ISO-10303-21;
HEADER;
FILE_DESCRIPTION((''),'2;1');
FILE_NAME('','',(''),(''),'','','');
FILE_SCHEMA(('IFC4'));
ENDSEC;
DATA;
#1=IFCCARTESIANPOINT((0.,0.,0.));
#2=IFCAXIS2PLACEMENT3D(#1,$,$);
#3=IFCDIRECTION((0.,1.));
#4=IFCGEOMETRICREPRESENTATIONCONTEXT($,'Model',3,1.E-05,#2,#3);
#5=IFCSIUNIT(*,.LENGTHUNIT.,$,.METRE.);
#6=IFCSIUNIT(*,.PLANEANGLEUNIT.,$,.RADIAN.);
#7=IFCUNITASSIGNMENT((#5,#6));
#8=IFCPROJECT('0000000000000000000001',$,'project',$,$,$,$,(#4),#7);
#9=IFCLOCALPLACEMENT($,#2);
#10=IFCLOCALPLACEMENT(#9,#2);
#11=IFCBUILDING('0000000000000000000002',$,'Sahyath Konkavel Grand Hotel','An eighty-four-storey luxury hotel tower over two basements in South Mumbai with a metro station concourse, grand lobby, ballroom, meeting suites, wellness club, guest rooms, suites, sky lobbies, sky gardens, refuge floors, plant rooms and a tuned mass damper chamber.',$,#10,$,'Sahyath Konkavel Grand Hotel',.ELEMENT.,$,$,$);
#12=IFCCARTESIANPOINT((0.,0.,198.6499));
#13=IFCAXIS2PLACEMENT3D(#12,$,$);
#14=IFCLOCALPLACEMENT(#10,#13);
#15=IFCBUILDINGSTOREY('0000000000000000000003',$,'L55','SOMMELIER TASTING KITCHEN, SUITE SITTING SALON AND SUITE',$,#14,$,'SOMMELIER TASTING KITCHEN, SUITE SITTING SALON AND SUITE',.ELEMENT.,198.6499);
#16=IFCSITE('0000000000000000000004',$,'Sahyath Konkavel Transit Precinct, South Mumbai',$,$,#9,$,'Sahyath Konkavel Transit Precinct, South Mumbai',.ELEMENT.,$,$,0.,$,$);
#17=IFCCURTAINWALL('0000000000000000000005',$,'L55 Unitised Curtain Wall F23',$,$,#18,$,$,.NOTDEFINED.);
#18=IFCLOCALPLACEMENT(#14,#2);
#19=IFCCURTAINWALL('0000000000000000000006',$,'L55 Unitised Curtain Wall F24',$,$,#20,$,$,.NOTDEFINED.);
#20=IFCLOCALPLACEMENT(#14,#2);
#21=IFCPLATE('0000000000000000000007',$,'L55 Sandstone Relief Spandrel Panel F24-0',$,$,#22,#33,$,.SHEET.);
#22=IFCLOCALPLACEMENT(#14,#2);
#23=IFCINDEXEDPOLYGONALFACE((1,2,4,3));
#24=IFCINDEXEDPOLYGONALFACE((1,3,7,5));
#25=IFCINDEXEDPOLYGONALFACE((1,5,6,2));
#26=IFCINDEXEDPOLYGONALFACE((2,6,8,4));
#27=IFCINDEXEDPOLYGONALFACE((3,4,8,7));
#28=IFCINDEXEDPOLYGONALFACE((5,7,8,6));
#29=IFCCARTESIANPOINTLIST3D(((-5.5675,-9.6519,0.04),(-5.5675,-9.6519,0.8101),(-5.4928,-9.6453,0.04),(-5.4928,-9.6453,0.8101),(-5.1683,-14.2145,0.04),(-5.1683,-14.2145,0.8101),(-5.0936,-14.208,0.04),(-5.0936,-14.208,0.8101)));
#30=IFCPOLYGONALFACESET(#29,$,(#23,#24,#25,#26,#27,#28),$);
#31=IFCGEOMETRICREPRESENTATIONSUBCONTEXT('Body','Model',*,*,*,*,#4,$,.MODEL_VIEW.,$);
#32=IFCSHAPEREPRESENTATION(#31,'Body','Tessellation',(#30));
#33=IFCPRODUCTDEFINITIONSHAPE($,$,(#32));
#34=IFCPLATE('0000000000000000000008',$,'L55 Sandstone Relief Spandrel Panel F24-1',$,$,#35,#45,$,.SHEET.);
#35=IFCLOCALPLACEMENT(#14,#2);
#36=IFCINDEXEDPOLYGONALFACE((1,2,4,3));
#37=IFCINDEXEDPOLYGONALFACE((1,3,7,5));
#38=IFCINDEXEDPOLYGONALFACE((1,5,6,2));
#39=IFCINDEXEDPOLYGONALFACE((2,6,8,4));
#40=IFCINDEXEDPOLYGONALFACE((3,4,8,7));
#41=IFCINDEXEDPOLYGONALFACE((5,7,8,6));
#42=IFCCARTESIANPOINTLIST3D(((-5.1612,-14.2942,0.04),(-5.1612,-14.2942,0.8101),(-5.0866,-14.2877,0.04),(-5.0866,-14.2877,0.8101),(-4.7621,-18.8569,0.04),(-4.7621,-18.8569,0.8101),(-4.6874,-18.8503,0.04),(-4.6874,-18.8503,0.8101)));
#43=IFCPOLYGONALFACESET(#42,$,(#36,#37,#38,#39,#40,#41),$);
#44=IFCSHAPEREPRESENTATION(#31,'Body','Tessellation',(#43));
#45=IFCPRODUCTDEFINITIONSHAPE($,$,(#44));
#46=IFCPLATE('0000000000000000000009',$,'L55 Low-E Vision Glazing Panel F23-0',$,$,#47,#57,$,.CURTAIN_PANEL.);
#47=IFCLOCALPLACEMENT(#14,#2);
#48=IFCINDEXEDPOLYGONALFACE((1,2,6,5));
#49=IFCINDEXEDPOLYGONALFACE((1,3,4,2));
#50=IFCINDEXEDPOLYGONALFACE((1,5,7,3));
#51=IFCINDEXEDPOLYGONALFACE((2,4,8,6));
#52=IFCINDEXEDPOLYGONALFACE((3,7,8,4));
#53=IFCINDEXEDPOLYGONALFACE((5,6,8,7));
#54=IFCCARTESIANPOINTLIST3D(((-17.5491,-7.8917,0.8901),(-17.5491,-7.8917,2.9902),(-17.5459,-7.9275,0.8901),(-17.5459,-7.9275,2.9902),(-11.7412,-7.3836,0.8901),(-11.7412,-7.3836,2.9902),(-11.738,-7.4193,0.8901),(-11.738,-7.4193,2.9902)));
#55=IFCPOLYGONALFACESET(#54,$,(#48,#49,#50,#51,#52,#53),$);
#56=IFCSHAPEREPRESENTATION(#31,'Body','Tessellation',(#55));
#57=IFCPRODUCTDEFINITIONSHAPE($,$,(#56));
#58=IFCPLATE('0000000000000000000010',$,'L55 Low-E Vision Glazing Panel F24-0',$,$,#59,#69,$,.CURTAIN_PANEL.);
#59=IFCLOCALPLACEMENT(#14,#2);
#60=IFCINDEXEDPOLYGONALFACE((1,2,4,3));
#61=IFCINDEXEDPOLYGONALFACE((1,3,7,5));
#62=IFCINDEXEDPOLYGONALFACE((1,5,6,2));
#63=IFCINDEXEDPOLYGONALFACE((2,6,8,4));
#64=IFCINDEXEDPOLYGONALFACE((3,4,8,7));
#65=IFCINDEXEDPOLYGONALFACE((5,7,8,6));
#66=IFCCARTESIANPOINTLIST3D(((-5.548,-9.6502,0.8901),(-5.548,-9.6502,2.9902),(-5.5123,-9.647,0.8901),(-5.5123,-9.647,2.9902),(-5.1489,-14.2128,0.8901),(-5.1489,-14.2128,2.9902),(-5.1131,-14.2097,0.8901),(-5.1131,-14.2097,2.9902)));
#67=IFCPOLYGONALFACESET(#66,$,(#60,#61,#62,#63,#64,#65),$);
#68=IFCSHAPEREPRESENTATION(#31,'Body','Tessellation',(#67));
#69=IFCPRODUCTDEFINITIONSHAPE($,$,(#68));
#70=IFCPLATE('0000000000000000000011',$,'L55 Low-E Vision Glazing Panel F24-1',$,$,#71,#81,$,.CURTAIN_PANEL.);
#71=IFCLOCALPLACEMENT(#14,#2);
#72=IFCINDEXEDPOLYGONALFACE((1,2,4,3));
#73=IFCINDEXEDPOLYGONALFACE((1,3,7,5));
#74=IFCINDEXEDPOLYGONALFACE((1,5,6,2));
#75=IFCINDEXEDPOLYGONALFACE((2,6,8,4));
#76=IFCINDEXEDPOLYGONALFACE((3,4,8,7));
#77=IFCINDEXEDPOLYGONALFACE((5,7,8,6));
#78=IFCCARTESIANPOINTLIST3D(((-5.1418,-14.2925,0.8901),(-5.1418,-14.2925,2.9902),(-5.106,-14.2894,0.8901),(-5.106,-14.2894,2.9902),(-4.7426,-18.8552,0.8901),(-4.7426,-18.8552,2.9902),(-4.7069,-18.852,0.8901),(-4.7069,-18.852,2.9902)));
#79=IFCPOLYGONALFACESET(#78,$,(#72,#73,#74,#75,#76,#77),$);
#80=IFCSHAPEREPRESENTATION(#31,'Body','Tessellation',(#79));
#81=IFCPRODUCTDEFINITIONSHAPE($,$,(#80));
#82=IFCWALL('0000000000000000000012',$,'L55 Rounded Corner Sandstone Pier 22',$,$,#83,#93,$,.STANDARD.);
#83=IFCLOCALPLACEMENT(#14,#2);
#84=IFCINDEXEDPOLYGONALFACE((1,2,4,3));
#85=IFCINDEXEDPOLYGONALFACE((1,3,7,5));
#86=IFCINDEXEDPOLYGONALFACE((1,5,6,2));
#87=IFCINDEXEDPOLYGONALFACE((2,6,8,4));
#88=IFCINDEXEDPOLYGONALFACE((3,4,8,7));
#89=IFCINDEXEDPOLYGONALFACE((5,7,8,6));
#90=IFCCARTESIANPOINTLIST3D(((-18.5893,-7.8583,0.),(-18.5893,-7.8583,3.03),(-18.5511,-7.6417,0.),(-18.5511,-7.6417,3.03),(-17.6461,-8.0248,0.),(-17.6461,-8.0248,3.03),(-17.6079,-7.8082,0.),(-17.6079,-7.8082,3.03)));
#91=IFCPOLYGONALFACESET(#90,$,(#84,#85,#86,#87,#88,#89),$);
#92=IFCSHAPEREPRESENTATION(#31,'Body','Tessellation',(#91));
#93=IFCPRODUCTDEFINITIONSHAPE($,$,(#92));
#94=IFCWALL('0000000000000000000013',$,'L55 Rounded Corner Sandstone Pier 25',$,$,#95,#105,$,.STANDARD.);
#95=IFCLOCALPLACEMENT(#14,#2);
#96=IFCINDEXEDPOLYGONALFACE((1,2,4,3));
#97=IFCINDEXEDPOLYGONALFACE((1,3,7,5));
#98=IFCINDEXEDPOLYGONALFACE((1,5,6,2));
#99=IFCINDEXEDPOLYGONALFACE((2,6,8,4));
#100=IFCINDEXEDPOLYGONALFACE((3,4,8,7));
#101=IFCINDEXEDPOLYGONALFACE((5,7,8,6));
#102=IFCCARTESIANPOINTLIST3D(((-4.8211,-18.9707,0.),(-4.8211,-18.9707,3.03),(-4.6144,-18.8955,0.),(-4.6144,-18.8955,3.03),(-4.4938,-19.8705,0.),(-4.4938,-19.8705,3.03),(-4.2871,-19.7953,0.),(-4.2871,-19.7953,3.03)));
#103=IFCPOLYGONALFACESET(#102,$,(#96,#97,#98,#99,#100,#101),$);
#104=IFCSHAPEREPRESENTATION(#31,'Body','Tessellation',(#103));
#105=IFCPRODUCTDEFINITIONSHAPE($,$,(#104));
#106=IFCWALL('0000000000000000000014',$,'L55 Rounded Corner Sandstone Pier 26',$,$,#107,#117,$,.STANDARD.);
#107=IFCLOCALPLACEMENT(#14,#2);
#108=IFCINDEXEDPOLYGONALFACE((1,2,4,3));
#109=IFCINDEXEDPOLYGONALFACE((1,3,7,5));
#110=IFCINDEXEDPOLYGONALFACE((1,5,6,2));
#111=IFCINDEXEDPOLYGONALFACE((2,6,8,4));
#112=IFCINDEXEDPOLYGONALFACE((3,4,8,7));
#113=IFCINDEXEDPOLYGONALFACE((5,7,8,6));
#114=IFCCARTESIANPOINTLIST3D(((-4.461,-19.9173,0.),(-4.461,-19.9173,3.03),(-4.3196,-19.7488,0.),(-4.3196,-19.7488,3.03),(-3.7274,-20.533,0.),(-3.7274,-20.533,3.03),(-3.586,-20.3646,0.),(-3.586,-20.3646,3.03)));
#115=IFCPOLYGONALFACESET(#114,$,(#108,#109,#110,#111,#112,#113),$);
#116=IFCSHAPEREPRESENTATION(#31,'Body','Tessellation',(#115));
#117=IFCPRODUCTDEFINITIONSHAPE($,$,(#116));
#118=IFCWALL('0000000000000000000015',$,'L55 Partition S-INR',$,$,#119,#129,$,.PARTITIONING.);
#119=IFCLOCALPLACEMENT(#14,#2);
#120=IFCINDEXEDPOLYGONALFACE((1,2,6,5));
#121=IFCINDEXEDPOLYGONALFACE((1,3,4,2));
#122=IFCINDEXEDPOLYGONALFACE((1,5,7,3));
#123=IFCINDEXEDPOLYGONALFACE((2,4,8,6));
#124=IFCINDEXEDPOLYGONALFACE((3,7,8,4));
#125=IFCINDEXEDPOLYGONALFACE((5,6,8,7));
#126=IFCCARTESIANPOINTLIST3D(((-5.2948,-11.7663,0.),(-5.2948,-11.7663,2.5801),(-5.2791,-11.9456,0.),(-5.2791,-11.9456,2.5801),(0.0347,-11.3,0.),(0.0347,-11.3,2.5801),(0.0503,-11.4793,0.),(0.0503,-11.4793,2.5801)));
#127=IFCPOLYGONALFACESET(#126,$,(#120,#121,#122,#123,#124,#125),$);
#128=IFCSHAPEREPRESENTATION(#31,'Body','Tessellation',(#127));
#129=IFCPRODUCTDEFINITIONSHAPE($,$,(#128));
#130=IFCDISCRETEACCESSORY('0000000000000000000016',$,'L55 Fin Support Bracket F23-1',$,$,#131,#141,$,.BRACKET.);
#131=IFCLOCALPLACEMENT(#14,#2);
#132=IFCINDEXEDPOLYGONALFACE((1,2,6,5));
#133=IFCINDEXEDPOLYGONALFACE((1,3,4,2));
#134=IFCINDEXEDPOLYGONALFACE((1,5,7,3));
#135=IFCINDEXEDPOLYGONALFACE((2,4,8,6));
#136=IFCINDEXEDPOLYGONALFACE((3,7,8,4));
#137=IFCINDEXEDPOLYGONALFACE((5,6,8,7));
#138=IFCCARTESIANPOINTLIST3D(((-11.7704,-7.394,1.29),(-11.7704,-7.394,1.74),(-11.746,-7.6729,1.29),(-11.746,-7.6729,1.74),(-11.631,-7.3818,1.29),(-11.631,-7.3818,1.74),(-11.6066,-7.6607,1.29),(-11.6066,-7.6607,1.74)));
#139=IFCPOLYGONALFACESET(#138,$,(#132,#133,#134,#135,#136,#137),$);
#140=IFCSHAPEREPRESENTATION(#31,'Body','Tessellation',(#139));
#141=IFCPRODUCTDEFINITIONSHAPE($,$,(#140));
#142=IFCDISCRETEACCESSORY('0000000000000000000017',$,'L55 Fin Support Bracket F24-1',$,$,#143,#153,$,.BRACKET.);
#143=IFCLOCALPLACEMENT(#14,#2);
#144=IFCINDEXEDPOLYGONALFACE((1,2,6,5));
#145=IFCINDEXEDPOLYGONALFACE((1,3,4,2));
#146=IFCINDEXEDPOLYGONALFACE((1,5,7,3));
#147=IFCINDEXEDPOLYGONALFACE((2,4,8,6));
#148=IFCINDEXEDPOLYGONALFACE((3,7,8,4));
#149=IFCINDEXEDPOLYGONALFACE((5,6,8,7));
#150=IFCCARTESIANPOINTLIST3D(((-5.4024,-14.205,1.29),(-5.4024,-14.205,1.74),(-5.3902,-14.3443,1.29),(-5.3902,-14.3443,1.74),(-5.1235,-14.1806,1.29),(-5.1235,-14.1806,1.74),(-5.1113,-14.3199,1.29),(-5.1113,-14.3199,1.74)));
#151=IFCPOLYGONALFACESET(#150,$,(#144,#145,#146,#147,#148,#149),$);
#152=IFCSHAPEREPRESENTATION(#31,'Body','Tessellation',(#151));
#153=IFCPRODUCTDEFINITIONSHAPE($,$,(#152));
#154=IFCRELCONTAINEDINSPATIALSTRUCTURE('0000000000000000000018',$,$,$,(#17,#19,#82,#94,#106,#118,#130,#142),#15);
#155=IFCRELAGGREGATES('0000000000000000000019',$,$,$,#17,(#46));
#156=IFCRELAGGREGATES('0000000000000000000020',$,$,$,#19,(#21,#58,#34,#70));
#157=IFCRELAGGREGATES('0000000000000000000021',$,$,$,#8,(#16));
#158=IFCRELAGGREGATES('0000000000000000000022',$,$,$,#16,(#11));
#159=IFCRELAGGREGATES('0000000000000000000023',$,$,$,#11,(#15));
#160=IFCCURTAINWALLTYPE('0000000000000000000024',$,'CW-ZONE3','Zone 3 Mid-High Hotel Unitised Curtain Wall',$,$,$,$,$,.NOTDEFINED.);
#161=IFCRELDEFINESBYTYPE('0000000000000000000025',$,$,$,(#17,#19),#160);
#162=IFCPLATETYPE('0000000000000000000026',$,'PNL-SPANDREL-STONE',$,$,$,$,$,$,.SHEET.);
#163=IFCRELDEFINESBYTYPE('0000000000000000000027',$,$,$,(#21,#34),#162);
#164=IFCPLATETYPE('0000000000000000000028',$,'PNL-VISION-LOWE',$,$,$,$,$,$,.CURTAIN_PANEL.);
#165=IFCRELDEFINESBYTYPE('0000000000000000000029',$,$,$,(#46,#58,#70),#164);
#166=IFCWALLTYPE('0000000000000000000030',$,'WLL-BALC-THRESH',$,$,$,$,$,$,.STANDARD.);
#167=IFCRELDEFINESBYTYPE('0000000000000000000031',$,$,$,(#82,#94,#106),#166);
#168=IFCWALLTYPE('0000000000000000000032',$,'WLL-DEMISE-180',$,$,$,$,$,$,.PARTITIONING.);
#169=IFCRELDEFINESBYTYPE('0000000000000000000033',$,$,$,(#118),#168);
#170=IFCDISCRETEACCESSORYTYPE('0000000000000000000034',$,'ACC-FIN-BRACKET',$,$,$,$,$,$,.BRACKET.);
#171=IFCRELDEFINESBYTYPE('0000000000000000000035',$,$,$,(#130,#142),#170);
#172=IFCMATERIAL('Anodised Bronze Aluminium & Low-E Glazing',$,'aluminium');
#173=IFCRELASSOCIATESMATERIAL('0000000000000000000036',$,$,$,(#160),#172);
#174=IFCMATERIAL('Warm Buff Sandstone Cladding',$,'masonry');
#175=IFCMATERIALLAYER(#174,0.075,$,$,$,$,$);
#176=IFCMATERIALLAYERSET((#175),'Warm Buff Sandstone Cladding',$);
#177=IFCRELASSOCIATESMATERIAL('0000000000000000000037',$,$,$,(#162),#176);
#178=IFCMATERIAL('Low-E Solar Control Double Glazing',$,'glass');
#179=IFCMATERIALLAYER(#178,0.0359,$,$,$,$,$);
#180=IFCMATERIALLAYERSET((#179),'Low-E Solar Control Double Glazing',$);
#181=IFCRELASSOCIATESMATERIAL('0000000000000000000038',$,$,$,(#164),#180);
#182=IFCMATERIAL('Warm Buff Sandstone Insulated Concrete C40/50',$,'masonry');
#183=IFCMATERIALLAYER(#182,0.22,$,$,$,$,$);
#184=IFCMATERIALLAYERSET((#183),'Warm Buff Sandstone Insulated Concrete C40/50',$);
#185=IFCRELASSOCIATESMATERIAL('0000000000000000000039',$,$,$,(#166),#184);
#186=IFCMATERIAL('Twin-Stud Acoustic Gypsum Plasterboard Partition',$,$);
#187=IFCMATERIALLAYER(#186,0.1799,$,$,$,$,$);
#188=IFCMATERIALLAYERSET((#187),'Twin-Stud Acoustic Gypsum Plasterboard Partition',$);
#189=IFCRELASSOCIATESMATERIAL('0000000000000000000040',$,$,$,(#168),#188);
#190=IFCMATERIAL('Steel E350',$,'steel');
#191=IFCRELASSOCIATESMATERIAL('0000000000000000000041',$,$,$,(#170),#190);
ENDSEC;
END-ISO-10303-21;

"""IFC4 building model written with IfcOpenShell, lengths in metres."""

from ifc_helpers import new_model, si_unit, direction, frame, frame_2d, origin, origin_2d, place, context, subcontext, project, spatial, rectangle, extrude, source, transform, mapped, material, layer, layer_set, type_object, element, aggregate, save


model = new_model("IFC4")

# Units and contexts
model_context = context("Model", 3, precision=1e-05, world=origin(), true_north=direction((0.0, 1.0)))
body_context = subcontext(model_context, "Body", "Model", "MODEL_VIEW")
ifc_project = project(units=[si_unit("LENGTHUNIT", "METRE"), si_unit("PLANEANGLEUNIT", "RADIAN")], contexts=[model_context])

# Site, building, storey
site_placement = place(None, origin())
site = spatial("IfcSite", under=ifc_project, at=site_placement, Name="Sahyath Konkavel Transit Precinct, South Mumbai", LongName="Sahyath Konkavel Transit Precinct, South Mumbai", CompositionType="ELEMENT", RefElevation=0.0)
building_placement = place(site_placement, origin())
building = spatial("IfcBuilding", under=site, at=building_placement, Name="Sahyath Konkavel Grand Hotel", Description="An eighty-four-storey luxury hotel tower over two basements in South Mumbai with a metro station concourse, grand lobby, ballroom, meeting suites, wellness club, guest rooms, suites, sky lobbies, sky gardens, refuge floors, plant rooms and a tuned mass damper chamber.", LongName="Sahyath Konkavel Grand Hotel", CompositionType="ELEMENT")
storey_placement = place(building_placement, frame((0.0, 0.0, 198.6499)))
storey = spatial("IfcBuildingStorey", under=building, at=storey_placement, Name="L55", Description="SOMMELIER TASTING KITCHEN, SUITE SITTING SALON AND SUITE", LongName="SOMMELIER TASTING KITCHEN, SUITE SITTING SALON AND SUITE", CompositionType="ELEMENT", Elevation=198.6499)

# Curtain walls
ifc_material_1 = material(Name="Anodised Bronze Aluminium & Low-E Glazing", Category="aluminium")
curtain_wall_type = type_object("IfcCurtainWallType", Name="CW-ZONE3", Description="Zone 3 Mid-High Hotel Unitised Curtain Wall", PredefinedType="NOTDEFINED", material=ifc_material_1)
curtain_wall_1_placement = place(storey_placement, origin())
curtain_wall_1 = element("IfcCurtainWall", 1, at=curtain_wall_1_placement, inside=storey, type_object=curtain_wall_type, Name="L55 Unitised Curtain Wall F23", PredefinedType="NOTDEFINED")
curtain_wall_2_placement = place(storey_placement, origin())
curtain_wall_2 = element("IfcCurtainWall", 2, at=curtain_wall_2_placement, inside=storey, type_object=curtain_wall_type, Name="L55 Unitised Curtain Wall F24", PredefinedType="NOTDEFINED")

# Plates
ifc_material_2 = material(Name="Warm Buff Sandstone Cladding", Category="masonry")
ifc_layer_1 = layer(ifc_material_2, 0.075)
ifc_layer_set_1 = layer_set([ifc_layer_1], Name="Warm Buff Sandstone Cladding")
plate_type_1 = type_object("IfcPlateType", Name="PNL-SPANDREL-STONE", PredefinedType="SHEET", material=ifc_layer_set_1)
shared_shape_1 = source(origin(), body_context, "Body", "SweptSolid", [
    extrude(rectangle(XDim=4.5801, YDim=0.075, at=origin_2d()), origin(), (0.0, 0.0, 1.0), 0.77),
])
plate_1_placement = place(storey_placement, frame((-5.3306, -11.9299, 0.04), z_axis=(0.0, 0.0, 1.0), x_axis=(0.087156, -0.996195, 0.0)))
plate_1 = element("IfcPlate", 3, at=plate_1_placement, type_object=plate_type_1, Name="L55 Sandstone Relief Spandrel Panel F24-0", PredefinedType="SHEET", context=body_context, shape_type="MappedRepresentation", body=[
    mapped(shared_shape_1, transform((0.0, 0.0, 0.0), scale=1.0)),
])
plate_2_placement = place(storey_placement, frame((-4.9243, -16.5723, 0.04), z_axis=(0.0, 0.0, 1.0), x_axis=(0.087156, -0.996195, 0.0)))
plate_2 = element("IfcPlate", 4, at=plate_2_placement, type_object=plate_type_1, Name="L55 Sandstone Relief Spandrel Panel F24-1", PredefinedType="SHEET", context=body_context, shape_type="MappedRepresentation", body=[
    mapped(shared_shape_1, transform((0.0, 0.0, 0.0), scale=1.0)),
])
ifc_material_3 = material(Name="Low-E Solar Control Double Glazing", Category="glass")
ifc_layer_2 = layer(ifc_material_3, 0.0359)
ifc_layer_set_2 = layer_set([ifc_layer_2], Name="Low-E Solar Control Double Glazing")
plate_type_2 = type_object("IfcPlateType", Name="PNL-VISION-LOWE", PredefinedType="CURTAIN_PANEL", material=ifc_layer_set_2)
shared_shape_2 = source(origin(), body_context, "Body", "SweptSolid", [
    extrude(rectangle(XDim=5.8301, YDim=0.0359, at=origin_2d()), origin(), (0.0, 0.0, 1.0), 2.1001),
])
plate_3_placement = place(storey_placement, frame((-14.6436, -7.6555, 0.8901), z_axis=(0.0, 0.0, 1.0), x_axis=(0.996195, 0.087156, 0.0)))
plate_3 = element("IfcPlate", 5, at=plate_3_placement, type_object=plate_type_2, Name="L55 Low-E Vision Glazing Panel F23-0", PredefinedType="CURTAIN_PANEL", context=body_context, shape_type="MappedRepresentation", body=[
    mapped(shared_shape_2, transform((0.0, 0.0, 0.0), scale=1.0)),
])
aggregate(curtain_wall_1, [plate_3])
shared_shape_3 = source(origin(), body_context, "Body", "SweptSolid", [
    extrude(rectangle(XDim=4.5801, YDim=0.0359, at=origin_2d()), origin(), (0.0, 0.0, 1.0), 2.1001),
])
plate_4_placement = place(storey_placement, frame((-5.3306, -11.9299, 0.8901), z_axis=(0.0, 0.0, 1.0), x_axis=(0.087156, -0.996195, 0.0)))
plate_4 = element("IfcPlate", 6, at=plate_4_placement, type_object=plate_type_2, Name="L55 Low-E Vision Glazing Panel F24-0", PredefinedType="CURTAIN_PANEL", context=body_context, shape_type="MappedRepresentation", body=[
    mapped(shared_shape_3, transform((0.0, 0.0, 0.0), scale=1.0)),
])
plate_5_placement = place(storey_placement, frame((-4.9243, -16.5723, 0.8901), z_axis=(0.0, 0.0, 1.0), x_axis=(0.087156, -0.996195, 0.0)))
plate_5 = element("IfcPlate", 7, at=plate_5_placement, type_object=plate_type_2, Name="L55 Low-E Vision Glazing Panel F24-1", PredefinedType="CURTAIN_PANEL", context=body_context, shape_type="MappedRepresentation", body=[
    mapped(shared_shape_3, transform((0.0, 0.0, 0.0), scale=1.0)),
])
aggregate(curtain_wall_2, [plate_1, plate_4, plate_2, plate_5])

# Walls
ifc_material_4 = material(Name="Warm Buff Sandstone Insulated Concrete C40/50", Category="masonry")
ifc_layer_3 = layer(ifc_material_4, 0.22)
ifc_layer_set_3 = layer_set([ifc_layer_3], Name="Warm Buff Sandstone Insulated Concrete C40/50")
wall_type_1 = type_object("IfcWallType", Name="WLL-BALC-THRESH", PredefinedType="STANDARD", material=ifc_layer_set_3)
wall_1_placement = place(storey_placement, frame((-18.5703, -7.75, 0.0), z_axis=(0.0, 0.0, 1.0), x_axis=(0.984771, -0.173858, 0.0)))
element("IfcWall", 8, at=wall_1_placement, inside=storey, type_object=wall_type_1, Name="L55 Rounded Corner Sandstone Pier 22", PredefinedType="STANDARD", context=body_context, shape_type="SweptSolid", body=[
    extrude(rectangle(XDim=0.9578, YDim=0.22, at=frame_2d((0.479, 0.0))), origin(), (0.0, 0.0, 1.0), 3.03),
])
wall_2_placement = place(storey_placement, frame((-4.7178, -18.9331, 0.0), z_axis=(0.0, 0.0, 1.0), x_axis=(0.341886, -0.939741, 0.0)))
element("IfcWall", 9, at=wall_2_placement, inside=storey, type_object=wall_type_1, Name="L55 Rounded Corner Sandstone Pier 25", PredefinedType="STANDARD", context=body_context, shape_type="SweptSolid", body=[
    extrude(rectangle(XDim=0.9575, YDim=0.22, at=frame_2d((0.4788, 0.0))), origin(), (0.0, 0.0, 1.0), 3.03),
])
wall_3_placement = place(storey_placement, frame((-4.3904, -19.833, 0.0), z_axis=(0.0, 0.0, 1.0), x_axis=(0.765981, -0.642863, 0.0)))
element("IfcWall", 10, at=wall_3_placement, inside=storey, type_object=wall_type_1, Name="L55 Rounded Corner Sandstone Pier 26", PredefinedType="STANDARD", context=body_context, shape_type="SweptSolid", body=[
    extrude(rectangle(XDim=0.9578, YDim=0.22, at=frame_2d((0.479, 0.0))), origin(), (0.0, 0.0, 1.0), 3.03),
])
ifc_material_5 = material(Name="Twin-Stud Acoustic Gypsum Plasterboard Partition")
ifc_layer_4 = layer(ifc_material_5, 0.1799)
ifc_layer_set_4 = layer_set([ifc_layer_4], Name="Twin-Stud Acoustic Gypsum Plasterboard Partition")
wall_type_2 = type_object("IfcWallType", Name="WLL-DEMISE-180", PredefinedType="PARTITIONING", material=ifc_layer_set_4)
wall_4_placement = place(storey_placement, frame((-5.2869, -11.856, 0.0), z_axis=(0.0, 0.0, 1.0), x_axis=(0.996194, 0.087161, 0.0)))
element("IfcWall", 11, at=wall_4_placement, inside=storey, type_object=wall_type_2, Name="L55 Partition S-INR", PredefinedType="PARTITIONING", context=body_context, shape_type="SweptSolid", body=[
    extrude(rectangle(XDim=5.3499, YDim=0.1799, at=frame_2d((2.6748, 0.0))), origin(), (0.0, 0.0, 1.0), 2.5801),
])

# Discrete accessories
ifc_material_6 = material(Name="Steel E350", Category="steel")
discrete_accessory_type = type_object("IfcDiscreteAccessoryType", Name="ACC-FIN-BRACKET", PredefinedType="BRACKET", material=ifc_material_6)
shared_shape_4 = source(origin(), body_context, "Body", "SweptSolid", [
    extrude(rectangle(XDim=0.28, YDim=0.1399, at=origin_2d()), origin(), (0.0, 0.0, 1.0), 0.45),
])
for number, where, z_axis, x_axis, name in (
    (12, (-11.6885, -7.5273, 1.29), (0.0, 0.0, 1.0), (0.087156, -0.996195, 0.0), "L55 Fin Support Bracket F23-1"),
    (13, (-5.2568, -14.2625, 1.29), (0.0, 0.0, 1.0), (-0.996195, -0.087156, 0.0), "L55 Fin Support Bracket F24-1"),
):
    element("IfcDiscreteAccessory", number, at=place(storey_placement, frame(where, z_axis=z_axis, x_axis=x_axis)), inside=storey, type_object=discrete_accessory_type, Name=name, PredefinedType="BRACKET", context=body_context, shape_type="MappedRepresentation", body=[
        mapped(shared_shape_4, transform((0.0, 0.0, 0.0), scale=1.0)),
    ])

save(model, "model.ifc")
